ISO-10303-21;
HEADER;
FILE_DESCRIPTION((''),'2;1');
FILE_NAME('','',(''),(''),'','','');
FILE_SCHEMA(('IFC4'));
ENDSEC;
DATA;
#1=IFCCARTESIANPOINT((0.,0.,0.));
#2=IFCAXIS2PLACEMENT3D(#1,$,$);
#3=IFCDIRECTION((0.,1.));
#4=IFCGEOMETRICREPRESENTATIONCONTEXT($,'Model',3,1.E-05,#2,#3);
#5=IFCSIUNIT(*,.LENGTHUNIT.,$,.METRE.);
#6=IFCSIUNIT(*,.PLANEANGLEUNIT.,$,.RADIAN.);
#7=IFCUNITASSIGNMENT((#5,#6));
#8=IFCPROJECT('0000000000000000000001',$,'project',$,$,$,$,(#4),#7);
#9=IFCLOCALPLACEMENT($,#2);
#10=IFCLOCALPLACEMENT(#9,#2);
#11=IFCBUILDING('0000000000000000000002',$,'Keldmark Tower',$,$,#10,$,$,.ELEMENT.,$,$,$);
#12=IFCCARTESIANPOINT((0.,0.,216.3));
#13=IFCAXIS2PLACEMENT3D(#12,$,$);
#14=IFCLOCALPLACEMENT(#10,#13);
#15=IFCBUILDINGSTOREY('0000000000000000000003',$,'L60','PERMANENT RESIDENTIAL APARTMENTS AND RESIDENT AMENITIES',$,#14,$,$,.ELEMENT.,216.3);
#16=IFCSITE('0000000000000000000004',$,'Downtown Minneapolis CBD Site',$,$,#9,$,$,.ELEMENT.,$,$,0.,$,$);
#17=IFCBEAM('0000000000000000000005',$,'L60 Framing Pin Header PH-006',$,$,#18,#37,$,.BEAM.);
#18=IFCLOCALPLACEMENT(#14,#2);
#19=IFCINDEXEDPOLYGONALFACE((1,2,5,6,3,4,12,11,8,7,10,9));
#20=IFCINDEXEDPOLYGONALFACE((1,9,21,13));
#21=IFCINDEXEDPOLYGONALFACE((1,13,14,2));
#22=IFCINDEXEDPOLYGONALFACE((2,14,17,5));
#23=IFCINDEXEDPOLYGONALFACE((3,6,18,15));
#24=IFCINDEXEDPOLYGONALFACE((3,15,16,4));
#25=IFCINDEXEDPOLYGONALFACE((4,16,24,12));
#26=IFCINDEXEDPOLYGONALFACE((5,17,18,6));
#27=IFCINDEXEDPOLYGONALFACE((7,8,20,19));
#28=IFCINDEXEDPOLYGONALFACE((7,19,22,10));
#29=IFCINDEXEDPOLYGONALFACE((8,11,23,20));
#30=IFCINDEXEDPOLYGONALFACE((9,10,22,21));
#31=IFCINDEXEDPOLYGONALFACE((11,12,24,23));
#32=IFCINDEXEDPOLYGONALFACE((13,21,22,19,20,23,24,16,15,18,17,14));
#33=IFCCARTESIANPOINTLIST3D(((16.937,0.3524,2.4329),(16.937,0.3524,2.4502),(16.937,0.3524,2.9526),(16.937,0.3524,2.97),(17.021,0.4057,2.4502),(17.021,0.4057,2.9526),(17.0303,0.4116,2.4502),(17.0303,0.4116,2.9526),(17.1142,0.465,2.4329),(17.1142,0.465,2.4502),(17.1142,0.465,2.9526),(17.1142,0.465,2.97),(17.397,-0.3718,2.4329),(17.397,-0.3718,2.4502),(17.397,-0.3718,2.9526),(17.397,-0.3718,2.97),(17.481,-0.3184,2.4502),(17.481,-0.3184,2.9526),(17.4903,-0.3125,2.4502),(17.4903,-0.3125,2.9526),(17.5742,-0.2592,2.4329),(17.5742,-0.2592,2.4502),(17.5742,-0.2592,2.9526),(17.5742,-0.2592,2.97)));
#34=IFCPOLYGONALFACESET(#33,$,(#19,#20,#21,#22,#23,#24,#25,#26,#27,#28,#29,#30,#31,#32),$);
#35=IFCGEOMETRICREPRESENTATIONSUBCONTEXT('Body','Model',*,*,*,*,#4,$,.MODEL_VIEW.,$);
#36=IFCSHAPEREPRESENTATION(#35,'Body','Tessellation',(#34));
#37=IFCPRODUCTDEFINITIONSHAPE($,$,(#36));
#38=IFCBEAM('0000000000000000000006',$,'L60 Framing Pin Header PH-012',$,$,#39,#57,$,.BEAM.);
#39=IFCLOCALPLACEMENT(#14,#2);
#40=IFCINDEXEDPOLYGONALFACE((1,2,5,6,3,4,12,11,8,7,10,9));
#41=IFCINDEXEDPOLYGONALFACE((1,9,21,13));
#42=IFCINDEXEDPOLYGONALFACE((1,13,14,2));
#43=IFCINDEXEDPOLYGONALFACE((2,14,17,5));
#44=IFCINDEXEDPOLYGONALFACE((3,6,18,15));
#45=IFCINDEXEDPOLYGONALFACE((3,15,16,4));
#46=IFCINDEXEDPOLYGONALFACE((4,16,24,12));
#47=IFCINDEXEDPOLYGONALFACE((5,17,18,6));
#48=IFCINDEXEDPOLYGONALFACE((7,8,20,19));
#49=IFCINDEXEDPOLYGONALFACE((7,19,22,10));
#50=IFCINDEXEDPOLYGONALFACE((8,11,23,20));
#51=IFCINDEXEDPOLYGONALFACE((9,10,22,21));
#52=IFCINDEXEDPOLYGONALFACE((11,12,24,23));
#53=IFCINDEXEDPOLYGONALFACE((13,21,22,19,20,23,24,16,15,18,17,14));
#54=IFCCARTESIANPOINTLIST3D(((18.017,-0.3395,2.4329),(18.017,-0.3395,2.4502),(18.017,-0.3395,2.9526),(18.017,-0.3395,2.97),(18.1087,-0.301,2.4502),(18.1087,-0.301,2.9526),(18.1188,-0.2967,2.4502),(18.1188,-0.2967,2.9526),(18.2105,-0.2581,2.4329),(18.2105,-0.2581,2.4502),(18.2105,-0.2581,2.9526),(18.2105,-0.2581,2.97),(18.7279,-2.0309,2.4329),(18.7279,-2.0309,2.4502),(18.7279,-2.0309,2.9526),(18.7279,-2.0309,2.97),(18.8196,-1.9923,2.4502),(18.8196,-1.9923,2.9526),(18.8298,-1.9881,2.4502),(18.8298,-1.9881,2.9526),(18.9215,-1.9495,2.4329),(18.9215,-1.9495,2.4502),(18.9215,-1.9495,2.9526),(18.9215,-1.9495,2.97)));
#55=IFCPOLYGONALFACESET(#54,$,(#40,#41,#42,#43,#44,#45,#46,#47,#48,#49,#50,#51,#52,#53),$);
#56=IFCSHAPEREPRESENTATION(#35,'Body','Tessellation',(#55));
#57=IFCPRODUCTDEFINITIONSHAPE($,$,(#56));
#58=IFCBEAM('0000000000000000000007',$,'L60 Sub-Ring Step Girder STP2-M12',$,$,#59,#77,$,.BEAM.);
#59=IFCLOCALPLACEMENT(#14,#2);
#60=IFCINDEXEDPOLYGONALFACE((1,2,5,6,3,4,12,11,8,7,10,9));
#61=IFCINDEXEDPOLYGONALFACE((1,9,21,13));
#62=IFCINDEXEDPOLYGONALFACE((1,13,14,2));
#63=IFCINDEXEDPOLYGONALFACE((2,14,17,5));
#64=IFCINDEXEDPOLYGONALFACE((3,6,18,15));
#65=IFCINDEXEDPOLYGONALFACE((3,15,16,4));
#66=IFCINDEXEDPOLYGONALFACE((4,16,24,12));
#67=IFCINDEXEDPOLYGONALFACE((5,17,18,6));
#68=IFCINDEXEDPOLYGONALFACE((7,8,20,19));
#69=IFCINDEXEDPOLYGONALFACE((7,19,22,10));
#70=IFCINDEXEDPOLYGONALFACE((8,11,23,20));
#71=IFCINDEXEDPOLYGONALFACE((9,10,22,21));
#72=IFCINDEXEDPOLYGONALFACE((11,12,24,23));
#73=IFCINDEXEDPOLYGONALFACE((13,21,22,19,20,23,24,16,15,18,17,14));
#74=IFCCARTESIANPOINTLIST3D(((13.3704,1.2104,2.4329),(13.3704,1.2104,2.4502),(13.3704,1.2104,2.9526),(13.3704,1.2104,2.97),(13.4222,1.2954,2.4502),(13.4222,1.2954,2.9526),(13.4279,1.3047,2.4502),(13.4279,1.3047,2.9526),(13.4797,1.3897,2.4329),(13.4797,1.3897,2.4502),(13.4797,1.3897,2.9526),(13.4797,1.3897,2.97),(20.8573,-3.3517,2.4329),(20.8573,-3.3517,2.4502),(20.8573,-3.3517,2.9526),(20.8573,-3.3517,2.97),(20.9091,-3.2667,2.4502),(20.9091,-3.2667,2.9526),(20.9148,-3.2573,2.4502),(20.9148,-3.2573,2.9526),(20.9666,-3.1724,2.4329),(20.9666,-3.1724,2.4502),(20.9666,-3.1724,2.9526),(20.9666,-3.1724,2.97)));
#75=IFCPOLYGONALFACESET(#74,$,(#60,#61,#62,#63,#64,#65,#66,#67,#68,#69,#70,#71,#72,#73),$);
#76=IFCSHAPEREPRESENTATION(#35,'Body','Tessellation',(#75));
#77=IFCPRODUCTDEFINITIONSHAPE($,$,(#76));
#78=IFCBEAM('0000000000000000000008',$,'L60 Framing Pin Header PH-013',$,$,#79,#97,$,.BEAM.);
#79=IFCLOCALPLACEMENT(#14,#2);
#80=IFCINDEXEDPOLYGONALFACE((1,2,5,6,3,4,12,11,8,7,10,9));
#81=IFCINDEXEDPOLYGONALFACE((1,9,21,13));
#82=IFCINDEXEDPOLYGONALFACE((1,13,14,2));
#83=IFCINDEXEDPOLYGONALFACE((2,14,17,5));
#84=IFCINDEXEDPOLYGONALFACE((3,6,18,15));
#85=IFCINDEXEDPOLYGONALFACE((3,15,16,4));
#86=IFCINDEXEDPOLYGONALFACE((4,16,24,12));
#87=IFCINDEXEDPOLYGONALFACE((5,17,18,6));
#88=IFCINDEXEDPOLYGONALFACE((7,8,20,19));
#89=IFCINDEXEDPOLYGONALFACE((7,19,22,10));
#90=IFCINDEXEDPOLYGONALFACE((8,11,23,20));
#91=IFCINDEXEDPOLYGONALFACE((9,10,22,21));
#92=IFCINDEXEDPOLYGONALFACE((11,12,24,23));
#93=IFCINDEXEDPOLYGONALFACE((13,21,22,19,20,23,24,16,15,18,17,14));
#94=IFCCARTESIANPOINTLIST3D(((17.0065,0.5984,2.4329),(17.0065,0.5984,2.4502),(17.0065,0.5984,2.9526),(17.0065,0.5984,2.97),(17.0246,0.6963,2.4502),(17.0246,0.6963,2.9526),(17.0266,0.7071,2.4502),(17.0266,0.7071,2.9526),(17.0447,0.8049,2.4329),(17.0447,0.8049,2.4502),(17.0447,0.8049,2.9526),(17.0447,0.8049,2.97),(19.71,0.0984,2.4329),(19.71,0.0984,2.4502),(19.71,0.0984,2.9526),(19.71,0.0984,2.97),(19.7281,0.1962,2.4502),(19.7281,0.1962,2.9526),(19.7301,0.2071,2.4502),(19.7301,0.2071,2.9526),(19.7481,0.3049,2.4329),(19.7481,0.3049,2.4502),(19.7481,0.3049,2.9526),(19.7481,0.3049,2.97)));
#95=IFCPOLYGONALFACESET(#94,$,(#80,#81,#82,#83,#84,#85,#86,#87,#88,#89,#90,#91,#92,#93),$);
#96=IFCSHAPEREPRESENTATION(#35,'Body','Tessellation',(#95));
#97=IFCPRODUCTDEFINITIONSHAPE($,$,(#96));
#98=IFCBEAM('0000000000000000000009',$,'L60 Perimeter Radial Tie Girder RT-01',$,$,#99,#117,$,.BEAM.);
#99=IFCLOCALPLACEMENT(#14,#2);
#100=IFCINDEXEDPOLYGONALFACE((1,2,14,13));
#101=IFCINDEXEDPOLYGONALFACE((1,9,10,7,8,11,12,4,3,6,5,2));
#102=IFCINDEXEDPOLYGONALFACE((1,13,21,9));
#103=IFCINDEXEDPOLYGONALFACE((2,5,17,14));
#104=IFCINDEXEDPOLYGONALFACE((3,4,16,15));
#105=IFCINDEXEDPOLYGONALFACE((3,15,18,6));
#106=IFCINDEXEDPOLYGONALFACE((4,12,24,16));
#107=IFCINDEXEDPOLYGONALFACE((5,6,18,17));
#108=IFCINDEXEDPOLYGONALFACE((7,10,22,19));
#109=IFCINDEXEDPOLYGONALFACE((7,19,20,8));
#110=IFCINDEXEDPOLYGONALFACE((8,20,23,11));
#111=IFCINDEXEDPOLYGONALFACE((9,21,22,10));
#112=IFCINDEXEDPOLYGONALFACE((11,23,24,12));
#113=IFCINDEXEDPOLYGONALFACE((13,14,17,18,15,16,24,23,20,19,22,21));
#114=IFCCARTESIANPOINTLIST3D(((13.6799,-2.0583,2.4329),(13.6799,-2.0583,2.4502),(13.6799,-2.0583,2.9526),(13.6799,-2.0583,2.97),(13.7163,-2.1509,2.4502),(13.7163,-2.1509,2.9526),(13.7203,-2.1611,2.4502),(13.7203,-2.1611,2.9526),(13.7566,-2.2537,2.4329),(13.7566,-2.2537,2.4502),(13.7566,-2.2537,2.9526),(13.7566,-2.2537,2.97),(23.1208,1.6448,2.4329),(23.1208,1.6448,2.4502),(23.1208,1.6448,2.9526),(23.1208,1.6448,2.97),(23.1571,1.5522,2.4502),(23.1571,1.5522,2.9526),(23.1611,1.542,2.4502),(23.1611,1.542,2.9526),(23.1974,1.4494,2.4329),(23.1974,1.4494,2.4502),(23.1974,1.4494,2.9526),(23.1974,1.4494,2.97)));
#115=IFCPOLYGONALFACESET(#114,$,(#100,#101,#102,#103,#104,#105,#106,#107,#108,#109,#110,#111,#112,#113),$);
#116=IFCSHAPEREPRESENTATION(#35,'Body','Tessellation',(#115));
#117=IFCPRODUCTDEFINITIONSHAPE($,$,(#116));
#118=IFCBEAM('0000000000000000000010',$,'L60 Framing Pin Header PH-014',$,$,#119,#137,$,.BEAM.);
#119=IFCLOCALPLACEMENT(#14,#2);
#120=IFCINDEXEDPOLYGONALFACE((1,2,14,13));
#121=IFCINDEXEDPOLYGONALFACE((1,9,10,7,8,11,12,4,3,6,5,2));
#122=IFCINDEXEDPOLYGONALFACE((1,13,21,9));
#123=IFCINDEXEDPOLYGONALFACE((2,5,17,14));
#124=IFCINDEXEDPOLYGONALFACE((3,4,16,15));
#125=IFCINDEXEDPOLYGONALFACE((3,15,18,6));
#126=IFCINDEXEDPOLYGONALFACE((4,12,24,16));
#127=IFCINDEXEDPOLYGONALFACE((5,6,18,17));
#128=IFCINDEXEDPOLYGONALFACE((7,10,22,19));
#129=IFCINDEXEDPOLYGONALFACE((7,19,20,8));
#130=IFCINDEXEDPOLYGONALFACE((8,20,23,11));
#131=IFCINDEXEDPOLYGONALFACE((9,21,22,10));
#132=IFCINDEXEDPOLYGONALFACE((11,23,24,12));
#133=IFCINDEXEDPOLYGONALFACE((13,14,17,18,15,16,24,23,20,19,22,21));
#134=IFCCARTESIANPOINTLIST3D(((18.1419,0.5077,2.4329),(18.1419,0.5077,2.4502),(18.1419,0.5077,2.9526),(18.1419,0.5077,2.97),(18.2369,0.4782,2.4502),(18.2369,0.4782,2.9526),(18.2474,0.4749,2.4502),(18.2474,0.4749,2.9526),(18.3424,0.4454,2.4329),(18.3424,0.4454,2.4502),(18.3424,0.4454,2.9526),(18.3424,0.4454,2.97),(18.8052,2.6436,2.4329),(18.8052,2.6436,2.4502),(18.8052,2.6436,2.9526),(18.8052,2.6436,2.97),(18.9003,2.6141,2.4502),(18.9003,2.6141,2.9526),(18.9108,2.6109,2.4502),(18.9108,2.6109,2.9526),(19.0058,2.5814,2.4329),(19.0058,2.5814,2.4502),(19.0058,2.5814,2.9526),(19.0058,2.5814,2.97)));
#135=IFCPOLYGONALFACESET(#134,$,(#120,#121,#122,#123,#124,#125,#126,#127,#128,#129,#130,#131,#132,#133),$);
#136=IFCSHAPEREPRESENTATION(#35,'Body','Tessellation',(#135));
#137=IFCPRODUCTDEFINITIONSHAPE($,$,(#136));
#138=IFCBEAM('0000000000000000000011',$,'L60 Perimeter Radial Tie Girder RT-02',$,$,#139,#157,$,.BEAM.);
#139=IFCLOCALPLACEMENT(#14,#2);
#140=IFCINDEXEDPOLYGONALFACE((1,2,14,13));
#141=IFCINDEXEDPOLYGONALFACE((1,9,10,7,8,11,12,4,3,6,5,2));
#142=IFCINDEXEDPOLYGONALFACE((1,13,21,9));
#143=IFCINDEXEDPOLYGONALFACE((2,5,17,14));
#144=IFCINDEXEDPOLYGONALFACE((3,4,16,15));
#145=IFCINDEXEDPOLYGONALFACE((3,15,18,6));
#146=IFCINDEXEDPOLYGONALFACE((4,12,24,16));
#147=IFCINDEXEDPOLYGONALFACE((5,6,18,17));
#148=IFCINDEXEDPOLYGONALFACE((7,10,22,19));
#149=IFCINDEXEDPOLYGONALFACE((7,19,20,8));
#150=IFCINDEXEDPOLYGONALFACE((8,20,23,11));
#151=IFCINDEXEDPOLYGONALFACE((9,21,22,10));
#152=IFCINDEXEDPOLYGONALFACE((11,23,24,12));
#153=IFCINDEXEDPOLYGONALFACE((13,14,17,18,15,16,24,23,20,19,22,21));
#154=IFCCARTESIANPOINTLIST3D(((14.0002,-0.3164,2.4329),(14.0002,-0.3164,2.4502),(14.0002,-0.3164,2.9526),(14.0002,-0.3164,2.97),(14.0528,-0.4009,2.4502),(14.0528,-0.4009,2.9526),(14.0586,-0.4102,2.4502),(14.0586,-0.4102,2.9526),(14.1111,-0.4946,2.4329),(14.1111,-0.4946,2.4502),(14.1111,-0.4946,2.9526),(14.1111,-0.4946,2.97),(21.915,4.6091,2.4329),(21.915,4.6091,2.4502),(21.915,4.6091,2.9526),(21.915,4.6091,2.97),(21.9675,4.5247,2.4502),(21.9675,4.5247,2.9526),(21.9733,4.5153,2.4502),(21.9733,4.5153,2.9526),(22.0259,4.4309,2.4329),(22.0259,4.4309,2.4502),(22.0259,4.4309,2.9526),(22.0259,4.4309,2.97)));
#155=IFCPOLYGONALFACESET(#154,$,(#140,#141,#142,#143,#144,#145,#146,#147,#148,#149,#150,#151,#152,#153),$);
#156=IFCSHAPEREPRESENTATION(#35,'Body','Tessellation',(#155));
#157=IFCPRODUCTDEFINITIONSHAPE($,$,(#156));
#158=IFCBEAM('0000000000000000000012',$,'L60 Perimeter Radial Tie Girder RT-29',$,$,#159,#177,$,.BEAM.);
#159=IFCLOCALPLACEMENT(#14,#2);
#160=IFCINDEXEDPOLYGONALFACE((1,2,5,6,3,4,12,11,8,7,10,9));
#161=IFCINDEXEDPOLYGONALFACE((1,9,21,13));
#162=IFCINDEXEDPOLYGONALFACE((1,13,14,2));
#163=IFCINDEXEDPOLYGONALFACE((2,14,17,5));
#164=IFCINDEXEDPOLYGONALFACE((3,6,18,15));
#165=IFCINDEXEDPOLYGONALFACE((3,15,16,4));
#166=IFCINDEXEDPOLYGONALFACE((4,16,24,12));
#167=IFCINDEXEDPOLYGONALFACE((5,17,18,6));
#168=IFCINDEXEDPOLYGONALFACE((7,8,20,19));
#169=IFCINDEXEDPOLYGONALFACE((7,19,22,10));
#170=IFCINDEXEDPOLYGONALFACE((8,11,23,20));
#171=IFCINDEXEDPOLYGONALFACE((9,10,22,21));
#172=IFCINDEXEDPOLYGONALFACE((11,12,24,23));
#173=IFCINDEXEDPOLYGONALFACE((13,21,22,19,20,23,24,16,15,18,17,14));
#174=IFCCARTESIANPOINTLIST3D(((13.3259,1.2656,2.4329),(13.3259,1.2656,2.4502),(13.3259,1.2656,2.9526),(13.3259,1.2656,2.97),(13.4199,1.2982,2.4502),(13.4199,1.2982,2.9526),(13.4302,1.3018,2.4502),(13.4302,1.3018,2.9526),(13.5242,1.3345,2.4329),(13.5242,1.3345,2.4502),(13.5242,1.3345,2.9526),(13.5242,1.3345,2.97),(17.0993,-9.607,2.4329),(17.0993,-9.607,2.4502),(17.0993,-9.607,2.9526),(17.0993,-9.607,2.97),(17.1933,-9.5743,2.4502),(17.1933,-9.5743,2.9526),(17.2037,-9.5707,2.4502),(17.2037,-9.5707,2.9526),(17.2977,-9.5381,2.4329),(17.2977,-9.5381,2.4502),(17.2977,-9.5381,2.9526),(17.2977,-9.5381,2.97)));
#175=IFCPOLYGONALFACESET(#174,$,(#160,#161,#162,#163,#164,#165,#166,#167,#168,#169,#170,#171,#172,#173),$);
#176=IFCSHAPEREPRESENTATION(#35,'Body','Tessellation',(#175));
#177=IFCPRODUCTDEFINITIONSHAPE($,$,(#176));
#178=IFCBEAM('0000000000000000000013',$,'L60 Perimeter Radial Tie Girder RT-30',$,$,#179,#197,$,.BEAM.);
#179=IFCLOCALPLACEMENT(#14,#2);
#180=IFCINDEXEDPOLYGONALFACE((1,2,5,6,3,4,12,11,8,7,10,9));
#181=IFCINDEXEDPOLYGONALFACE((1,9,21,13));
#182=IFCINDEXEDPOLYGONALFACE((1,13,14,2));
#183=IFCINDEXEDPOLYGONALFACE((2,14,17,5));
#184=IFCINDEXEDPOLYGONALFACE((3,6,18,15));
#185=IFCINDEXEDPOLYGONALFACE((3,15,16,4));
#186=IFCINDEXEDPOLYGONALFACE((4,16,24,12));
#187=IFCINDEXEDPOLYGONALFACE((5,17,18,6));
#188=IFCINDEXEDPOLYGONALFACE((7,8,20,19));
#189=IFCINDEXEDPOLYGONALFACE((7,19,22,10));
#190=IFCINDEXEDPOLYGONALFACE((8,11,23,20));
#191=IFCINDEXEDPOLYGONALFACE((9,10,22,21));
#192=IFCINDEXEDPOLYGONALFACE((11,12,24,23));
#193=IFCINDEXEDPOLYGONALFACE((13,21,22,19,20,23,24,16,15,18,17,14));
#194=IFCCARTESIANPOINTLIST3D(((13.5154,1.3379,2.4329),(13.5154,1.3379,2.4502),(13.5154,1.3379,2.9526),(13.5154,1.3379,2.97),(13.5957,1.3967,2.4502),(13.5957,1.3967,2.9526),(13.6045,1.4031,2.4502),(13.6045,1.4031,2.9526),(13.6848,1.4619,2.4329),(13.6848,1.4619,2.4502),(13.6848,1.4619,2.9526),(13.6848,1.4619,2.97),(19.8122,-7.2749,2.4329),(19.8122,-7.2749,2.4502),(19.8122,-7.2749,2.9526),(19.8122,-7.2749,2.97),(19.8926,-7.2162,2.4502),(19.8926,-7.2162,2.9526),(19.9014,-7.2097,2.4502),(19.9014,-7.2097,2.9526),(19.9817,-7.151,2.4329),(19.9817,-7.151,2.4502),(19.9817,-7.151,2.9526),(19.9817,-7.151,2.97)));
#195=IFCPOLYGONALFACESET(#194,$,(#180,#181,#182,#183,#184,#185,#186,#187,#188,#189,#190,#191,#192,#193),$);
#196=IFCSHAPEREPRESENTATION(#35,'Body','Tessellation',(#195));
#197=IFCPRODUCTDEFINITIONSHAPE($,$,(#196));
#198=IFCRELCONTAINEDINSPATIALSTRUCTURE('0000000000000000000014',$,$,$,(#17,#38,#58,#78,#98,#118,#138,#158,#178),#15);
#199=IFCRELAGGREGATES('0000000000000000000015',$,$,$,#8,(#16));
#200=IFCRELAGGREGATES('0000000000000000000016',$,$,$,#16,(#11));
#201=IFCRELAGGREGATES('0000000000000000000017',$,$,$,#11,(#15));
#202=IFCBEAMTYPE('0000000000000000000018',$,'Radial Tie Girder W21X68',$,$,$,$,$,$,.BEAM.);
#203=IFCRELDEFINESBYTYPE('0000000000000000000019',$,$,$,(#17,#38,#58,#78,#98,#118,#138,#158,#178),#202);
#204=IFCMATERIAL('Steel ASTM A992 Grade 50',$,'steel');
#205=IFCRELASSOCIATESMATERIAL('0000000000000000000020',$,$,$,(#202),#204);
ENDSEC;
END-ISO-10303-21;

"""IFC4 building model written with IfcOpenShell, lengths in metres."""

from ifc_helpers import new_model, si_unit, direction, frame, origin, origin_2d, place, context, subcontext, project, spatial, i_section, extrude, material, material_profile, profile_set, type_object, element, save


model = new_model("IFC4")

# Units and contexts
model_context = context("Model", 3, precision=1e-05, world=origin(), true_north=direction((0.0, 1.0)))
body_context = subcontext(model_context, "Body", "Model", "MODEL_VIEW")
ifc_project = project(units=[si_unit("LENGTHUNIT", "METRE"), si_unit("PLANEANGLEUNIT", "RADIAN")], contexts=[model_context])

# Site, building, storey
site_placement = place(None, origin())
site = spatial("IfcSite", under=ifc_project, at=site_placement, Name="Downtown Minneapolis CBD Site", CompositionType="ELEMENT", RefElevation=0.0)
building_placement = place(site_placement, origin())
building = spatial("IfcBuilding", under=site, at=building_placement, Name="Keldmark Tower", CompositionType="ELEMENT")
storey_placement = place(building_placement, frame((0.0, 0.0, 216.3)))
storey = spatial("IfcBuildingStorey", under=building, at=storey_placement, Name="L60", Description="PERMANENT RESIDENTIAL APARTMENTS AND RESIDENT AMENITIES", CompositionType="ELEMENT", Elevation=216.3)

# Beams
ifc_material_1 = material(Name="Steel ASTM A992 Grade 50", Category="steel")
ifc_material_profile_1 = material_profile(ifc_material_1, i_section(OverallWidth=0.21, OverallDepth=0.5371, WebThickness=0.011, FlangeThickness=0.0173, at=origin_2d()), Name="W21X68")
ifc_profile_set_1 = profile_set([ifc_material_profile_1], Name="Steel ASTM A992 Grade 50")
beam_type_1 = type_object("IfcBeamType", Name="Radial Tie Girder W21X68", PredefinedType="BEAM", material=ifc_profile_set_1)
beam_1_placement = place(storey_placement, frame((17.0256, 0.4087, 2.7014), z_axis=(0.536176, -0.844107, 0.0), x_axis=(0.844107, 0.536176, 0.0)))
element("IfcBeam", 1, at=beam_1_placement, inside=storey, type_object=beam_type_1, Name="L60 Framing Pin Header PH-006", PredefinedType="BEAM", context=body_context, shape_type="SweptSolid", body=[
    extrude(i_section(OverallWidth=0.21, OverallDepth=0.5371, WebThickness=0.011, FlangeThickness=0.0173, at=origin_2d()), origin(), (0.0, 0.0, 1.0), 0.8579),
])
beam_2_placement = place(storey_placement, frame((18.1138, -0.2988, 2.7014), z_axis=(0.387486, -0.921876, 0.0), x_axis=(0.921876, 0.387486, 0.0)))
element("IfcBeam", 2, at=beam_2_placement, inside=storey, type_object=beam_type_1, Name="L60 Framing Pin Header PH-012", PredefinedType="BEAM", context=body_context, shape_type="SweptSolid", body=[
    extrude(i_section(OverallWidth=0.21, OverallDepth=0.5371, WebThickness=0.011, FlangeThickness=0.0173, at=origin_2d()), origin(), (0.0, 0.0, 1.0), 1.8347),
])
beam_3_placement = place(storey_placement, frame((13.425, 1.3, 2.7014), z_axis=(0.853954, -0.520348, 0.0), x_axis=(0.520348, 0.853954, 0.0)))
element("IfcBeam", 3, at=beam_3_placement, inside=storey, type_object=beam_type_1, Name="L60 Sub-Ring Step Girder STP2-M12", PredefinedType="BEAM", context=body_context, shape_type="SweptSolid", body=[
    extrude(i_section(OverallWidth=0.21, OverallDepth=0.5371, WebThickness=0.011, FlangeThickness=0.0173, at=origin_2d()), origin(), (0.0, 0.0, 1.0), 8.7673),
])
beam_4_placement = place(storey_placement, frame((17.0256, 0.7017, 2.7014), z_axis=(0.983323, -0.18187, 0.0), x_axis=(0.18187, 0.983323, 0.0)))
element("IfcBeam", 4, at=beam_4_placement, inside=storey, type_object=beam_type_1, Name="L60 Framing Pin Header PH-013", PredefinedType="BEAM", context=body_context, shape_type="SweptSolid", body=[
    extrude(i_section(OverallWidth=0.21, OverallDepth=0.5371, WebThickness=0.011, FlangeThickness=0.0173, at=origin_2d()), origin(), (0.0, 0.0, 1.0), 2.7493),
])
beam_5_placement = place(storey_placement, frame((13.7183, -2.156, 2.7014), z_axis=(0.930946, 0.365156, 0.0), x_axis=(-0.365156, 0.930946, 0.0)))
element("IfcBeam", 5, at=beam_5_placement, inside=storey, type_object=beam_type_1, Name="L60 Perimeter Radial Tie Girder RT-01", PredefinedType="BEAM", context=body_context, shape_type="SweptSolid", body=[
    extrude(i_section(OverallWidth=0.21, OverallDepth=0.5371, WebThickness=0.011, FlangeThickness=0.0173, at=origin_2d()), origin(), (0.0, 0.0, 1.0), 10.1411),
])
beam_6_placement = place(storey_placement, frame((18.2422, 0.4766, 2.7014), z_axis=(0.296578, 0.955009, 0.0), x_axis=(-0.955009, 0.296578, 0.0)))
element("IfcBeam", 6, at=beam_6_placement, inside=storey, type_object=beam_type_1, Name="L60 Framing Pin Header PH-014", PredefinedType="BEAM", context=body_context, shape_type="SweptSolid", body=[
    extrude(i_section(OverallWidth=0.21, OverallDepth=0.5371, WebThickness=0.011, FlangeThickness=0.0173, at=origin_2d()), origin(), (0.0, 0.0, 1.0), 2.2366),
])
beam_7_placement = place(storey_placement, frame((14.0557, -0.4055, 2.7014), z_axis=(0.849019, 0.528362, 0.0), x_axis=(-0.528362, 0.849019, 0.0)))
element("IfcBeam", 7, at=beam_7_placement, inside=storey, type_object=beam_type_1, Name="L60 Perimeter Radial Tie Girder RT-02", PredefinedType="BEAM", context=body_context, shape_type="SweptSolid", body=[
    extrude(i_section(OverallWidth=0.21, OverallDepth=0.5371, WebThickness=0.011, FlangeThickness=0.0173, at=origin_2d()), origin(), (0.0, 0.0, 1.0), 9.3223),
])
beam_8_placement = place(storey_placement, frame((13.425, 1.3, 2.7014), z_axis=(0.327875, -0.944721, 0.0), x_axis=(0.944721, 0.327875, 0.0)))
element("IfcBeam", 8, at=beam_8_placement, inside=storey, type_object=beam_type_1, Name="L60 Perimeter Radial Tie Girder RT-29", PredefinedType="BEAM", context=body_context, shape_type="SweptSolid", body=[
    extrude(i_section(OverallWidth=0.21, OverallDepth=0.5371, WebThickness=0.011, FlangeThickness=0.0173, at=origin_2d()), origin(), (0.0, 0.0, 1.0), 11.5088),
])
beam_9_placement = place(storey_placement, frame((13.6001, 1.3999, 2.7014), z_axis=(0.590194, -0.807261, 0.0), x_axis=(0.807261, 0.590194, 0.0)))
element("IfcBeam", 9, at=beam_9_placement, inside=storey, type_object=beam_type_1, Name="L60 Perimeter Radial Tie Girder RT-30", PredefinedType="BEAM", context=body_context, shape_type="SweptSolid", body=[
    extrude(i_section(OverallWidth=0.21, OverallDepth=0.5371, WebThickness=0.011, FlangeThickness=0.0173, at=origin_2d()), origin(), (0.0, 0.0, 1.0), 10.6692),
])

save(model, "model.ifc")
